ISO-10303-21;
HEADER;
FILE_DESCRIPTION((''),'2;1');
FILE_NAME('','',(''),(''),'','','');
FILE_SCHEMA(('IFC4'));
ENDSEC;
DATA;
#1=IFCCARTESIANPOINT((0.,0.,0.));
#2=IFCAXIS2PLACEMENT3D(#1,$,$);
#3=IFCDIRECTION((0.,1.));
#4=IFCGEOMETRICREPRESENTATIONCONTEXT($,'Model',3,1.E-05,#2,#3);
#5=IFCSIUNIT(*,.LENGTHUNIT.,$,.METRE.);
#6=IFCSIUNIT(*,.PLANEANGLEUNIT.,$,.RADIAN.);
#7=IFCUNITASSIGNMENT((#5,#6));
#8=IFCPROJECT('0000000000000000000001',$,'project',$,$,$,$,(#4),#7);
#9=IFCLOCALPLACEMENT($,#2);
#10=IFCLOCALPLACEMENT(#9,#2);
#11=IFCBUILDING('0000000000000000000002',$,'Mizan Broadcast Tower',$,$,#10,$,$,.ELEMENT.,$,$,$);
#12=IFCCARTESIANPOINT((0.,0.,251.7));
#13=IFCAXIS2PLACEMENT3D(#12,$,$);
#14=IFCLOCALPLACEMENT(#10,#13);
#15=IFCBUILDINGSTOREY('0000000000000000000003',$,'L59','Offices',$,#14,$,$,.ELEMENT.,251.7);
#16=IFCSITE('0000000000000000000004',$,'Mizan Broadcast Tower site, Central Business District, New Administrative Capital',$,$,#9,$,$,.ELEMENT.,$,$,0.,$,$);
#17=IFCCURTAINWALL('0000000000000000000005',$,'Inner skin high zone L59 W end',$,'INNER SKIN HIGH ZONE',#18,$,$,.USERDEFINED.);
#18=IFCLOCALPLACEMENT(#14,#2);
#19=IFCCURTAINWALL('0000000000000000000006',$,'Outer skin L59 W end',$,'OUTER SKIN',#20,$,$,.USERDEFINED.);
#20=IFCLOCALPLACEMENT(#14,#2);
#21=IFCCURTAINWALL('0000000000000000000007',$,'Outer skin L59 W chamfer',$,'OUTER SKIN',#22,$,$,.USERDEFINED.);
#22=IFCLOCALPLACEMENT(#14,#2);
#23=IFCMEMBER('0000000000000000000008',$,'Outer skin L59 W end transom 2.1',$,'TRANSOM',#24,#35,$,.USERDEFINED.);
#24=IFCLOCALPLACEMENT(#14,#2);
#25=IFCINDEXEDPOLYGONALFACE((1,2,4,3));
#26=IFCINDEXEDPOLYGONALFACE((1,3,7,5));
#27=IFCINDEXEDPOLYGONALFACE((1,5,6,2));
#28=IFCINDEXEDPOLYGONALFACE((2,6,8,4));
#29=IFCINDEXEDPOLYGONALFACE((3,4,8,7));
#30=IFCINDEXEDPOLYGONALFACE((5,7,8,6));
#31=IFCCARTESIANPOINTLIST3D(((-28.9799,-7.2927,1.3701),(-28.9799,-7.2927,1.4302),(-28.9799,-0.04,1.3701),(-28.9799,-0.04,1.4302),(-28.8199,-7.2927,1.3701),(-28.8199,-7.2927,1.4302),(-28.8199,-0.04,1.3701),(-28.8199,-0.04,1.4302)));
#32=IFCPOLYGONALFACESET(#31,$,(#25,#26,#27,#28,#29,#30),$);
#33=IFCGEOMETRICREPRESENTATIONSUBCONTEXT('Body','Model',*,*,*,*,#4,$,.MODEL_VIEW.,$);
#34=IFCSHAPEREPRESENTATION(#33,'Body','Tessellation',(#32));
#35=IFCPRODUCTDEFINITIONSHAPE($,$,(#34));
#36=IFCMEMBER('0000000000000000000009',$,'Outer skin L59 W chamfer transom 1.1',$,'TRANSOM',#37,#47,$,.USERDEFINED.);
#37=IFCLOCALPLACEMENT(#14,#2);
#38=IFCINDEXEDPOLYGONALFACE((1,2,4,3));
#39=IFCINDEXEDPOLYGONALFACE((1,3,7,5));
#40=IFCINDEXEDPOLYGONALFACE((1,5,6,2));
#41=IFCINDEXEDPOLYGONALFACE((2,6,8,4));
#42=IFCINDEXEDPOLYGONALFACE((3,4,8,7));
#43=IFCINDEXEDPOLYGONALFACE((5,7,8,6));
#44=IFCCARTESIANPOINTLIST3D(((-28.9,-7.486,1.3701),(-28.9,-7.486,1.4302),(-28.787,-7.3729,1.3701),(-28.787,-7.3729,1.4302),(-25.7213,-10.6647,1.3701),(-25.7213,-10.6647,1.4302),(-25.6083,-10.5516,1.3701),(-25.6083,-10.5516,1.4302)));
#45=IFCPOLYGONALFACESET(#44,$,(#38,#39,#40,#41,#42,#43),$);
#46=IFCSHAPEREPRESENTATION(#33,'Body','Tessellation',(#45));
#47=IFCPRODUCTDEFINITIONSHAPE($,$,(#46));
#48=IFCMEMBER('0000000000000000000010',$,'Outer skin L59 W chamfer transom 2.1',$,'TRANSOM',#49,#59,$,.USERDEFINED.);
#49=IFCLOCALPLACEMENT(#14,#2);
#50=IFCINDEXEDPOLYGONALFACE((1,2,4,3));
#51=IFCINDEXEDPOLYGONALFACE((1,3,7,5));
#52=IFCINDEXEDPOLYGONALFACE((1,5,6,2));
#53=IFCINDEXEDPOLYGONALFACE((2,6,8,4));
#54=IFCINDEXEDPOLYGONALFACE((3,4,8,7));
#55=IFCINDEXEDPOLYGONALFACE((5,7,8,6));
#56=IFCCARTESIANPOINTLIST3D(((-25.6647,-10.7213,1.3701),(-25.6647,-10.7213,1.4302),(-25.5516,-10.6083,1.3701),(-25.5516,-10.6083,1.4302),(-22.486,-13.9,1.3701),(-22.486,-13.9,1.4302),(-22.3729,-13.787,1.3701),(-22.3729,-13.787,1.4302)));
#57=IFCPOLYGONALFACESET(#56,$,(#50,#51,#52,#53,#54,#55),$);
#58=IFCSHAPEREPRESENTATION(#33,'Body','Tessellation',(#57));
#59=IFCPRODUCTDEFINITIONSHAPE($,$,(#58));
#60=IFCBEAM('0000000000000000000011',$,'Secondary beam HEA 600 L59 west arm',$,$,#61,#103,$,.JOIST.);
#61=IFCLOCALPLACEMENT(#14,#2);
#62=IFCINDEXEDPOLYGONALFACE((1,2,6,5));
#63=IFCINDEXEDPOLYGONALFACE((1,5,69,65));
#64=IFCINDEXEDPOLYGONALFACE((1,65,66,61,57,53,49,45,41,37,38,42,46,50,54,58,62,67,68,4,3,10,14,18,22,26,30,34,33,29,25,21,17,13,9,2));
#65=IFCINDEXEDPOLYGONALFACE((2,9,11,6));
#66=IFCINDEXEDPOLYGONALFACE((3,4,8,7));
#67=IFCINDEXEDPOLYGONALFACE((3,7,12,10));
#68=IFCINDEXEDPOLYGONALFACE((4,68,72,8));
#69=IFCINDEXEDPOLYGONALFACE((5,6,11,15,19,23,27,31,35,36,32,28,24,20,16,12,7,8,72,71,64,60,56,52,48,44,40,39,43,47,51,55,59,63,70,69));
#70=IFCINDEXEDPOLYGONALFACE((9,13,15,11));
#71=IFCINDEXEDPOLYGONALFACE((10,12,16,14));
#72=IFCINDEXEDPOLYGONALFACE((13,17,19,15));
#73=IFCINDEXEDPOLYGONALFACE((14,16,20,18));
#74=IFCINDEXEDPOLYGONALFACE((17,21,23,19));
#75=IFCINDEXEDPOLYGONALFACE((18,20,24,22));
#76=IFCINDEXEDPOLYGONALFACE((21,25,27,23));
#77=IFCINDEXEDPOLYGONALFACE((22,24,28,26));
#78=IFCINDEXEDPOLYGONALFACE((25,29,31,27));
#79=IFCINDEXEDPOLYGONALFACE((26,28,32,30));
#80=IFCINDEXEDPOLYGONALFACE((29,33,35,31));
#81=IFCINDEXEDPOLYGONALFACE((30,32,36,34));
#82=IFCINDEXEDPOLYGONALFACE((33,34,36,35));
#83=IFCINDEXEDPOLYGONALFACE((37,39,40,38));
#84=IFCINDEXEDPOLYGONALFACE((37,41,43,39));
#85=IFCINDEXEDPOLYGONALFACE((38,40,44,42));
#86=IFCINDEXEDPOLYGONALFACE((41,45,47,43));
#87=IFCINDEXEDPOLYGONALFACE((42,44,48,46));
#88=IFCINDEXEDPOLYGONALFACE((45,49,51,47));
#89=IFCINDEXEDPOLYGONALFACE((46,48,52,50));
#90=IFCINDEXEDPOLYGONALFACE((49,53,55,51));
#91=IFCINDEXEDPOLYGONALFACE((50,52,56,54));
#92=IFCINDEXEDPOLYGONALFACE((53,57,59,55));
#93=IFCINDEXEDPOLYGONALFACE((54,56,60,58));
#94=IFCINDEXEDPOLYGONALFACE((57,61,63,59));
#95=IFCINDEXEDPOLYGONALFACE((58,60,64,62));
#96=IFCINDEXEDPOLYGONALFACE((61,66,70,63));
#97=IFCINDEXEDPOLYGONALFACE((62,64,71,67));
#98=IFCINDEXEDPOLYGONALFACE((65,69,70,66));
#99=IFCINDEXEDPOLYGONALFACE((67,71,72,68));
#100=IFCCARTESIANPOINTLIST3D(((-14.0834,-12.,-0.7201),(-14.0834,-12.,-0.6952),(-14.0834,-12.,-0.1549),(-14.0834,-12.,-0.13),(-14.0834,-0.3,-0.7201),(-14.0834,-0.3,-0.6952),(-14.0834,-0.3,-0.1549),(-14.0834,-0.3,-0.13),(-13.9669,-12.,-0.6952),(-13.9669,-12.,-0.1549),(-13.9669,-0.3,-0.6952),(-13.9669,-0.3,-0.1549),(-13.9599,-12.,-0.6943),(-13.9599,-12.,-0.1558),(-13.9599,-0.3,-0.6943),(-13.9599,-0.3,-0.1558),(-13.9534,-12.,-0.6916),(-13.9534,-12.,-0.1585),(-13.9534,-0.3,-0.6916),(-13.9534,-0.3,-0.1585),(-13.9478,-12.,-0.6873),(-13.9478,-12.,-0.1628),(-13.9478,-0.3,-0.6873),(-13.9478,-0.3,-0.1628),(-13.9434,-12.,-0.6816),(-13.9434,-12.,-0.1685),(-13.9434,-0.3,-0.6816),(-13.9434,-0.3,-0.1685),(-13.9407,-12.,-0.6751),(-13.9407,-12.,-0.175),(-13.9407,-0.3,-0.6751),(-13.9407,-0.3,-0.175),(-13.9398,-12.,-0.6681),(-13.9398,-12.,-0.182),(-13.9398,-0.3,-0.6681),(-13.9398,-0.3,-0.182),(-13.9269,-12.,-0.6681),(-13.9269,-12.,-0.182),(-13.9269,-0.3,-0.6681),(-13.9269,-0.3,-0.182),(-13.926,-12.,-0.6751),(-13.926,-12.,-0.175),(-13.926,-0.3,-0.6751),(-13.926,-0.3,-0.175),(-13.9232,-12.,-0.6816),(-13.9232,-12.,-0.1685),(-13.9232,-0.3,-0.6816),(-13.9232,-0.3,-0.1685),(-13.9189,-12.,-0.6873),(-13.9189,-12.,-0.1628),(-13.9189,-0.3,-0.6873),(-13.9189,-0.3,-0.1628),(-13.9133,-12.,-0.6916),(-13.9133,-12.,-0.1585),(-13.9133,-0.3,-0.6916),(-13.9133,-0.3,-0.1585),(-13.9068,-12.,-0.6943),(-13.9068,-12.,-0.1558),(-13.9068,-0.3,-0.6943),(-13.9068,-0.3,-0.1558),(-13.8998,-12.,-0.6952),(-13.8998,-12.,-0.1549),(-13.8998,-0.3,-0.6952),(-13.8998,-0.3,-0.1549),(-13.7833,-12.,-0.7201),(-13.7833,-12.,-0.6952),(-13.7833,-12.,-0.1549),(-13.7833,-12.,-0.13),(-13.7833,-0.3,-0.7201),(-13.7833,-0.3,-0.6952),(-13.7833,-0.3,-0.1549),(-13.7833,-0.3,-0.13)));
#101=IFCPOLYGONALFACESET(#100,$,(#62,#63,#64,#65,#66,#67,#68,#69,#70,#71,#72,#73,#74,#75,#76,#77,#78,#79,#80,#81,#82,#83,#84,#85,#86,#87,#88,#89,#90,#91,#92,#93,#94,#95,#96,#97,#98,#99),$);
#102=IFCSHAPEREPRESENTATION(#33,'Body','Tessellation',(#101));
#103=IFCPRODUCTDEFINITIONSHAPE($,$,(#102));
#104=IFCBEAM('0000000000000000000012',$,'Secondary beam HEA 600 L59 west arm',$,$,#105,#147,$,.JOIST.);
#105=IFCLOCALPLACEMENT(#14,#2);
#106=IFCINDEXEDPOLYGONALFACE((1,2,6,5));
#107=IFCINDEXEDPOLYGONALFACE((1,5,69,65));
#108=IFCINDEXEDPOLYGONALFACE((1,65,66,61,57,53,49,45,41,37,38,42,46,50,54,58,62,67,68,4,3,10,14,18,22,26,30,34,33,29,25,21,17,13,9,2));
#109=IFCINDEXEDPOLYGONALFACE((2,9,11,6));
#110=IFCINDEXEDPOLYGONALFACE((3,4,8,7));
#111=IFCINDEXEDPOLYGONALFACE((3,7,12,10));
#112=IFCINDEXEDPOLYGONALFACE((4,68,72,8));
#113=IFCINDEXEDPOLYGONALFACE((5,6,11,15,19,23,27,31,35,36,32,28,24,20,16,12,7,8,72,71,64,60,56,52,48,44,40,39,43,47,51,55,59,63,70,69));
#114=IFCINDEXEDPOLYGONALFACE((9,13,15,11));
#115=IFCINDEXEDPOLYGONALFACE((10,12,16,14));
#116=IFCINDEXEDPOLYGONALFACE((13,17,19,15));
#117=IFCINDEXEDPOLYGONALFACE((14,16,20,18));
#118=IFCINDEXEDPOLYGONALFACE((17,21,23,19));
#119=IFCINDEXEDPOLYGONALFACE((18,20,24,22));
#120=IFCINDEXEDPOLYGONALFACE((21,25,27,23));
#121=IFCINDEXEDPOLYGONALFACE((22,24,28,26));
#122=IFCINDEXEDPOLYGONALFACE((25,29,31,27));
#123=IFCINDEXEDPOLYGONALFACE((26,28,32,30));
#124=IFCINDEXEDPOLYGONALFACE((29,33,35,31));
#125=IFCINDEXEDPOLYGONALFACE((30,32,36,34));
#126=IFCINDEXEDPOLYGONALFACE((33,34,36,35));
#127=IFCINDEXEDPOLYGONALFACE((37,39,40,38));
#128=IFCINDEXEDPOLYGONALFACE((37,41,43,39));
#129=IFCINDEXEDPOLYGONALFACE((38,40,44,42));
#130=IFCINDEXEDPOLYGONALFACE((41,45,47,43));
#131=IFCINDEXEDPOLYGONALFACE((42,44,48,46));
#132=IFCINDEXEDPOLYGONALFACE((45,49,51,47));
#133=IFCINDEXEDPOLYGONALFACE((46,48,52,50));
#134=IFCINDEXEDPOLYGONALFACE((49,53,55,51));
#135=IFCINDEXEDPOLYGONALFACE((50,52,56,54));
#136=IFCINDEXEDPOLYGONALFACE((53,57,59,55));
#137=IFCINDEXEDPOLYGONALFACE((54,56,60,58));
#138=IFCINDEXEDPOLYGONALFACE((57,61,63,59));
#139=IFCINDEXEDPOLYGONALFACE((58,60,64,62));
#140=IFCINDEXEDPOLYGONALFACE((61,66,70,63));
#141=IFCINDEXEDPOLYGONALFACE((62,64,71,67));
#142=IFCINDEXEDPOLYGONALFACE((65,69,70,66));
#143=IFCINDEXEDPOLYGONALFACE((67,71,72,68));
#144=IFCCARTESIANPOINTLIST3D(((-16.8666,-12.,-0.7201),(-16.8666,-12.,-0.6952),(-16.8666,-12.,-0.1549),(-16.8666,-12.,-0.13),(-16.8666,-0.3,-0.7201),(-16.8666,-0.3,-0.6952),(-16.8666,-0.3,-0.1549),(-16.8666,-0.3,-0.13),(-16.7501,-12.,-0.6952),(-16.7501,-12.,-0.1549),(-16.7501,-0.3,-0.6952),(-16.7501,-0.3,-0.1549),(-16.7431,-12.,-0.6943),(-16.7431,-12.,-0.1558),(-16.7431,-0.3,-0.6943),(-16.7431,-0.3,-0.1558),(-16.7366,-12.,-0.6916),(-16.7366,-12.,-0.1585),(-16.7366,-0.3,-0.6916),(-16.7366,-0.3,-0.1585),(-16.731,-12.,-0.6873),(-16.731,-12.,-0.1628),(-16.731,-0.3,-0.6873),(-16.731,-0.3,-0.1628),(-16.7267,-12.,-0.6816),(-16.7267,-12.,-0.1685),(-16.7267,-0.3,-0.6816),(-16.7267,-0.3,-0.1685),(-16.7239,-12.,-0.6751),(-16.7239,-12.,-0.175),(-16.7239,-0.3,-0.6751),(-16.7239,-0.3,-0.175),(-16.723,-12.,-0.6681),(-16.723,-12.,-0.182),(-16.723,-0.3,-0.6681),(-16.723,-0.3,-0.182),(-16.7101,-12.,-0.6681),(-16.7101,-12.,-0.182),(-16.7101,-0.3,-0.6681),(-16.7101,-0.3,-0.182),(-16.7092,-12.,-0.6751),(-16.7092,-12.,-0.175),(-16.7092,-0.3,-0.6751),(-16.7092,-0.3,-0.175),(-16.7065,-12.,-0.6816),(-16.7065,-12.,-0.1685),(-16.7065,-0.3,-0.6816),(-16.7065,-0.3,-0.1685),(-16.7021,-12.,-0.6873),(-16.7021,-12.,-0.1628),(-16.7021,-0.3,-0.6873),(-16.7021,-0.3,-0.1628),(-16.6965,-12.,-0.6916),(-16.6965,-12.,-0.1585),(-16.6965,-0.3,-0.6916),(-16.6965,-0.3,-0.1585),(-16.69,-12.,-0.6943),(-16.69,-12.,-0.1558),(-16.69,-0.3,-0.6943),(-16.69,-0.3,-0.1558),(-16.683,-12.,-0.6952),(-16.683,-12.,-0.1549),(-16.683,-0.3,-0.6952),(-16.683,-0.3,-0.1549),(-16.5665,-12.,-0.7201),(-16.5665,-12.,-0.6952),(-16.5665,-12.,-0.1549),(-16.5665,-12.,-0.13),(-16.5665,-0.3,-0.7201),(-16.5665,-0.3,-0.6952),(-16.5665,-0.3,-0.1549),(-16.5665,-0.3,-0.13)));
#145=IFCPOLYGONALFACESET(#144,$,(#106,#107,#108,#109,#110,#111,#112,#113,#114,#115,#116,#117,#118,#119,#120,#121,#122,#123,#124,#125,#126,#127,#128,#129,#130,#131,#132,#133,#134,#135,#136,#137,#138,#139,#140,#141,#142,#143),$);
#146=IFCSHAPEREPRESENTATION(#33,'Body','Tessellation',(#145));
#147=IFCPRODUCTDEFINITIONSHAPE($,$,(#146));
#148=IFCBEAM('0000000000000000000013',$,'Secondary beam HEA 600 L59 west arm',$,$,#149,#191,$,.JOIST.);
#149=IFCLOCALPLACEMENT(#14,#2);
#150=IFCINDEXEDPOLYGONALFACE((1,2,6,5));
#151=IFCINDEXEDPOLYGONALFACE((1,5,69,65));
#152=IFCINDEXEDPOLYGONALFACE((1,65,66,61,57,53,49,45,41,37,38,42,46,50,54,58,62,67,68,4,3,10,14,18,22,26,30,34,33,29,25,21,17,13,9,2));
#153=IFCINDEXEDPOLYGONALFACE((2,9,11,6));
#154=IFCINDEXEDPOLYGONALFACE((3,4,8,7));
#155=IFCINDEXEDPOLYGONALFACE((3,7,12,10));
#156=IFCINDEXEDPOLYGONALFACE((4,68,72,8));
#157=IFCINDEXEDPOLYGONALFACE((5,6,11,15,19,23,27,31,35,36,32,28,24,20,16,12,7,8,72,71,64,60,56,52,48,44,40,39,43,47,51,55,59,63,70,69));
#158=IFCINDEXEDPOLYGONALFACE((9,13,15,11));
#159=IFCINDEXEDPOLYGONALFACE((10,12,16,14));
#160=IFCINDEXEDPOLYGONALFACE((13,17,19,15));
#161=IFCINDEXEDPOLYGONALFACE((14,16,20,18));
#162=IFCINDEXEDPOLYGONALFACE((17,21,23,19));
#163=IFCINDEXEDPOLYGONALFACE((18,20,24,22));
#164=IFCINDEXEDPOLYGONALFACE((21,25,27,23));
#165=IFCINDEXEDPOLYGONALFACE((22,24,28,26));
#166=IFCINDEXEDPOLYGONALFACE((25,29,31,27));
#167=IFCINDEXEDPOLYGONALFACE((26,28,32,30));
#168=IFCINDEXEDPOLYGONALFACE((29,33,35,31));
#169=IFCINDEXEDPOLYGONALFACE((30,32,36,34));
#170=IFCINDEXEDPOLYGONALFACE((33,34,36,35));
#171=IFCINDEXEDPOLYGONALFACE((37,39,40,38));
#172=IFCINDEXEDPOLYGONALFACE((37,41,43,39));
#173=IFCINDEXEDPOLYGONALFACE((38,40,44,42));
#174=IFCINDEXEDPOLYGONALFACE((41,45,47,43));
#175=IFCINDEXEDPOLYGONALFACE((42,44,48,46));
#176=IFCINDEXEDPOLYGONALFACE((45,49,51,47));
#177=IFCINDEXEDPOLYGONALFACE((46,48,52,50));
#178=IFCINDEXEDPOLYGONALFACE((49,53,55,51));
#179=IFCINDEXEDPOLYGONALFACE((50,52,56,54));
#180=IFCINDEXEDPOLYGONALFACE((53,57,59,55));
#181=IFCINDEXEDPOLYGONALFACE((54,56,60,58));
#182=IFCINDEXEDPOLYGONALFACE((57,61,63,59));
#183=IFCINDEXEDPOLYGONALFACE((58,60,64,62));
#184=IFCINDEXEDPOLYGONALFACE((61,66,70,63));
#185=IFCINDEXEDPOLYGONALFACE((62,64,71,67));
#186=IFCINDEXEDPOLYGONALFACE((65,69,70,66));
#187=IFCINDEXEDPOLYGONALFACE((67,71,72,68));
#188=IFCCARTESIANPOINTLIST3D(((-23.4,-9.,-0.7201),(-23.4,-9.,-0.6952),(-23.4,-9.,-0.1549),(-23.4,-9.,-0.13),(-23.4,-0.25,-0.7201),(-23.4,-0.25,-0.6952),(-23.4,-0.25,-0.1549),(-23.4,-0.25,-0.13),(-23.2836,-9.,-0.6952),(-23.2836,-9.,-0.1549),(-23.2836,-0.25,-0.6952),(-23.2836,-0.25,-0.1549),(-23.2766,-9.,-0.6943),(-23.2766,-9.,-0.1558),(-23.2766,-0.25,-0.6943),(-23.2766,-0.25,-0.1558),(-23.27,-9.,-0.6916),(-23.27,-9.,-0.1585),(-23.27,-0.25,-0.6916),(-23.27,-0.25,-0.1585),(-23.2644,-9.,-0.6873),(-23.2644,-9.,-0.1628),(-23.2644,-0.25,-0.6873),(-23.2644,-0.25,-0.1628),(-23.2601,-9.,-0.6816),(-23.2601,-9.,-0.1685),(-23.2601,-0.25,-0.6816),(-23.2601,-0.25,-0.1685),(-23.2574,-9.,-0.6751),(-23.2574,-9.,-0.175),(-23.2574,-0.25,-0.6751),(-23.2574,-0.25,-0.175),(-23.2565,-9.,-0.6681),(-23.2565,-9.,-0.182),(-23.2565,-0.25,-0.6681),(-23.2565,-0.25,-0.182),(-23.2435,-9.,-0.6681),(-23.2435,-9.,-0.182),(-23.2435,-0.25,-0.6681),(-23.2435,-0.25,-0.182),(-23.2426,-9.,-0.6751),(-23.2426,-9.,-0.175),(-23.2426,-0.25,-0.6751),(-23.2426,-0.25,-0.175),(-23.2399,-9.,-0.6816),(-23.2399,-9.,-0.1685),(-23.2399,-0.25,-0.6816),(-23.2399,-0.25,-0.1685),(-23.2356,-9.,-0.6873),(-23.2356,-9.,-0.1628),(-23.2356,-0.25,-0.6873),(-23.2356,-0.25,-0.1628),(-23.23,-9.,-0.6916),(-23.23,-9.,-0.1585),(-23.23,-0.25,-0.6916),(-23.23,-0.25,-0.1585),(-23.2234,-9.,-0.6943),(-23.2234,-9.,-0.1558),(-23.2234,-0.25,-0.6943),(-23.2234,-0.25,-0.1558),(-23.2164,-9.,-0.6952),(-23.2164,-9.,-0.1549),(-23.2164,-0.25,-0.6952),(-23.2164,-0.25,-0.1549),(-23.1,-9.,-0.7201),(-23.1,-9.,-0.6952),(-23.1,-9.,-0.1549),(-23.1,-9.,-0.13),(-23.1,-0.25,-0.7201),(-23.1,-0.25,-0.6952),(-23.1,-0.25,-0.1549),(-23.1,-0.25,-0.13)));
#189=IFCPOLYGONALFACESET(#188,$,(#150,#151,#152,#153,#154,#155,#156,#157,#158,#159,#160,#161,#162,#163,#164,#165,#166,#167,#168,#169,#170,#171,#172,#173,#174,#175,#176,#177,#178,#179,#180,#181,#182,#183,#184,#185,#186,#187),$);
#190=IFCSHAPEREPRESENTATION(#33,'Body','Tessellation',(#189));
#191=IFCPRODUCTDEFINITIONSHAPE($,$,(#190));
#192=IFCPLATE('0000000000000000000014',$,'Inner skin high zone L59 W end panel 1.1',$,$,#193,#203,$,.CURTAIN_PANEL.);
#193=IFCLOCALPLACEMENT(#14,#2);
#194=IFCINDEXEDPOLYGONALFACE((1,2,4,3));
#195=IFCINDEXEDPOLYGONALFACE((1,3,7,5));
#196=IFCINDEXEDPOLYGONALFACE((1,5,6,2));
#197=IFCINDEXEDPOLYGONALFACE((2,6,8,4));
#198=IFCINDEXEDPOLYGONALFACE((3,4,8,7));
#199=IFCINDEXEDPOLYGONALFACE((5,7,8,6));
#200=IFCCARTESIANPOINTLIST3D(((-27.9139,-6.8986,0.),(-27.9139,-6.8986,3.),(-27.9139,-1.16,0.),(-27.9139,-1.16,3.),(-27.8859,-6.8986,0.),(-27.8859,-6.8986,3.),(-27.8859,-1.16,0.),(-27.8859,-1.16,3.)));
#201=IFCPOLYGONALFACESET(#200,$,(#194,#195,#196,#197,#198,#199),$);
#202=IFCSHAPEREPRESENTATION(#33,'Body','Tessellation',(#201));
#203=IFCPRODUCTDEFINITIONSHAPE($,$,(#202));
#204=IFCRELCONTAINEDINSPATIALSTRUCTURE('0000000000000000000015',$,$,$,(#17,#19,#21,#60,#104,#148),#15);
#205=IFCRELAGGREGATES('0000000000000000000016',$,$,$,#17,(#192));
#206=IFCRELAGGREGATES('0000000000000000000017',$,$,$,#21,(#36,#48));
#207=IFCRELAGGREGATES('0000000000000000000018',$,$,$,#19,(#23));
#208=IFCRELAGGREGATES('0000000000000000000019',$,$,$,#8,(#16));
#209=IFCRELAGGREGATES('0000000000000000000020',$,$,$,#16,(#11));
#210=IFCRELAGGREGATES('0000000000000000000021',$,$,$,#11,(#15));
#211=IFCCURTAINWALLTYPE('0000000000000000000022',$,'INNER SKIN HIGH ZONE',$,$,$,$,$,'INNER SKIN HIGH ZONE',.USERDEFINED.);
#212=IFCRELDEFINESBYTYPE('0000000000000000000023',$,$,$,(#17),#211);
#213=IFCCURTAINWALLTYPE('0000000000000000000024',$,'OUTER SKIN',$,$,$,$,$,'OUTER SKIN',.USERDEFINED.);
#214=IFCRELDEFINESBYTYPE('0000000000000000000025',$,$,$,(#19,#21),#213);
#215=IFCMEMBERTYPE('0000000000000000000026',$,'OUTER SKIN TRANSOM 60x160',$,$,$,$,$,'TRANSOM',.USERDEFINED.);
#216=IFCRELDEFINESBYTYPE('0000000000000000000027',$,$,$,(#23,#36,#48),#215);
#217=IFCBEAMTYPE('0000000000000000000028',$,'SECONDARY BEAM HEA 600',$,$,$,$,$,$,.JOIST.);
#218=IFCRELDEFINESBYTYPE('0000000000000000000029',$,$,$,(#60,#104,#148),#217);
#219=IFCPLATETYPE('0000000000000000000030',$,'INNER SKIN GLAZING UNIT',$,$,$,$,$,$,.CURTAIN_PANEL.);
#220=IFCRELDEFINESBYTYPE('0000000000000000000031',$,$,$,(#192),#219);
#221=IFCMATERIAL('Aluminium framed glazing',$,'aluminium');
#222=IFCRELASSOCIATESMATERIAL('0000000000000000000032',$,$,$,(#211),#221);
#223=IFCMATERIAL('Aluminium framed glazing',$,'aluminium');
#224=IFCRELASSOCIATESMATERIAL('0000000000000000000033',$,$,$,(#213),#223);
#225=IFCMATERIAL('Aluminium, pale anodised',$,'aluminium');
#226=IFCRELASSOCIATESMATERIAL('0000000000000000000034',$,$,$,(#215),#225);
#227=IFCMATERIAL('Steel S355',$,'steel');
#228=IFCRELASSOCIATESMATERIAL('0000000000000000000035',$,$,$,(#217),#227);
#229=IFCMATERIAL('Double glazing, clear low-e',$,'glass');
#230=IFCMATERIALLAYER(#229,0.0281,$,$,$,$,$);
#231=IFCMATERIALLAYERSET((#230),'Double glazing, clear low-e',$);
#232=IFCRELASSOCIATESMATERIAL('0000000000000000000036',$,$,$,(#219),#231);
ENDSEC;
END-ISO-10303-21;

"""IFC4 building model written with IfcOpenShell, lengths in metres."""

from ifc_helpers import new_model, si_unit, direction, frame, origin, origin_2d, place, context, subcontext, project, spatial, rectangle, i_section, extrude, material, layer, layer_set, material_profile, profile_set, type_object, element, aggregate, save


model = new_model("IFC4")

# Units and contexts
model_context = context("Model", 3, precision=1e-05, world=origin(), true_north=direction((0.0, 1.0)))
body_context = subcontext(model_context, "Body", "Model", "MODEL_VIEW")
ifc_project = project(units=[si_unit("LENGTHUNIT", "METRE"), si_unit("PLANEANGLEUNIT", "RADIAN")], contexts=[model_context])

# Site, building, storey
site_placement = place(None, origin())
site = spatial("IfcSite", under=ifc_project, at=site_placement, Name="Mizan Broadcast Tower site, Central Business District, New Administrative Capital", CompositionType="ELEMENT", RefElevation=0.0)
building_placement = place(site_placement, origin())
building = spatial("IfcBuilding", under=site, at=building_placement, Name="Mizan Broadcast Tower", CompositionType="ELEMENT")
storey_placement = place(building_placement, frame((0.0, 0.0, 251.7)))
storey = spatial("IfcBuildingStorey", under=building, at=storey_placement, Name="L59", Description="Offices", CompositionType="ELEMENT", Elevation=251.7)

# Curtain wall
ifc_material_1 = material(Name="Aluminium framed glazing", Category="aluminium")
curtain_wall_type_1 = type_object("IfcCurtainWallType", Name="INNER SKIN HIGH ZONE", ElementType="INNER SKIN HIGH ZONE", PredefinedType="USERDEFINED", material=ifc_material_1)
curtain_wall_1_placement = place(storey_placement, origin())
curtain_wall_1 = element("IfcCurtainWall", 1, at=curtain_wall_1_placement, inside=storey, type_object=curtain_wall_type_1, Name="Inner skin high zone L59 W end", ObjectType="INNER SKIN HIGH ZONE", PredefinedType="USERDEFINED")

# Curtain walls
ifc_material_2 = material(Name="Aluminium framed glazing", Category="aluminium")
curtain_wall_type_2 = type_object("IfcCurtainWallType", Name="OUTER SKIN", ElementType="OUTER SKIN", PredefinedType="USERDEFINED", material=ifc_material_2)
curtain_wall_2_placement = place(storey_placement, origin())
curtain_wall_2 = element("IfcCurtainWall", 2, at=curtain_wall_2_placement, inside=storey, type_object=curtain_wall_type_2, Name="Outer skin L59 W end", ObjectType="OUTER SKIN", PredefinedType="USERDEFINED")
curtain_wall_3_placement = place(storey_placement, origin())
curtain_wall_3 = element("IfcCurtainWall", 3, at=curtain_wall_3_placement, inside=storey, type_object=curtain_wall_type_2, Name="Outer skin L59 W chamfer", ObjectType="OUTER SKIN", PredefinedType="USERDEFINED")

# Members
ifc_material_3 = material(Name="Aluminium, pale anodised", Category="aluminium")
ifc_material_profile_1 = material_profile(ifc_material_3, rectangle(XDim=0.1599, YDim=0.0601, at=origin_2d()), Name="TRANSOM 160x60")
ifc_profile_set_1 = profile_set([ifc_material_profile_1], Name="Aluminium, pale anodised")
member_type_1 = type_object("IfcMemberType", Name="OUTER SKIN TRANSOM 60x160", ElementType="TRANSOM", PredefinedType="USERDEFINED", material=ifc_profile_set_1)
member_1_placement = place(storey_placement, frame((-28.8999, -0.04, 1.4001), z_axis=(0.0, -1.0, 0.0), x_axis=(1.0, 0.0, 0.0)))
member_1 = element("IfcMember", 4, at=member_1_placement, type_object=member_type_1, Name="Outer skin L59 W end transom 2.1", ObjectType="TRANSOM", PredefinedType="USERDEFINED", context=body_context, shape_type="SweptSolid", body=[
    extrude(rectangle(XDim=0.1599, YDim=0.0601, at=origin_2d()), origin(), (0.0, 0.0, 1.0), 7.2527),
])
member_2_placement = place(storey_placement, frame((-28.8435, -7.4294, 1.4001), z_axis=(0.707107, -0.707107, 0.0), x_axis=(0.707107, 0.707107, 0.0)))
member_2 = element("IfcMember", 5, at=member_2_placement, type_object=member_type_1, Name="Outer skin L59 W chamfer transom 1.1", ObjectType="TRANSOM", PredefinedType="USERDEFINED", context=body_context, shape_type="SweptSolid", body=[
    extrude(rectangle(XDim=0.1599, YDim=0.0601, at=origin_2d()), origin(), (0.0, 0.0, 1.0), 4.4954),
])
member_3_placement = place(storey_placement, frame((-25.6082, -10.6648, 1.4001), z_axis=(0.707107, -0.707107, 0.0), x_axis=(0.707107, 0.707107, 0.0)))
member_3 = element("IfcMember", 6, at=member_3_placement, type_object=member_type_1, Name="Outer skin L59 W chamfer transom 2.1", ObjectType="TRANSOM", PredefinedType="USERDEFINED", context=body_context, shape_type="SweptSolid", body=[
    extrude(rectangle(XDim=0.1599, YDim=0.0601, at=origin_2d()), origin(), (0.0, 0.0, 1.0), 4.4954),
])

# Beams
ifc_material_4 = material(Name="Steel S355", Category="steel")
ifc_material_profile_2 = material_profile(ifc_material_4, i_section(OverallWidth=0.3, OverallDepth=0.5901, WebThickness=0.0129, FlangeThickness=0.0249, FilletRadius=0.0271, at=origin_2d()), Name="HEA 600")
ifc_profile_set_2 = profile_set([ifc_material_profile_2], Name="Steel S355")
beam_type_1 = type_object("IfcBeamType", Name="SECONDARY BEAM HEA 600", PredefinedType="JOIST", material=ifc_profile_set_2)
for number, where, z_axis, x_axis, name in (
    (7, (-13.9333, -12.0, -0.425), (0.0, 1.0, 0.0), (-1.0, 0.0, 0.0), "Secondary beam HEA 600 L59 west arm"),
    (8, (-16.7166, -12.0, -0.425), (0.0, 1.0, 0.0), (-1.0, 0.0, 0.0), "Secondary beam HEA 600 L59 west arm"),
):
    element("IfcBeam", number, at=place(storey_placement, frame(where, z_axis=z_axis, x_axis=x_axis)), inside=storey, type_object=beam_type_1, Name=name, PredefinedType="JOIST", context=body_context, shape_type="SweptSolid", body=[
        extrude(i_section(OverallWidth=0.3, OverallDepth=0.5901, WebThickness=0.0129, FlangeThickness=0.0249, FilletRadius=0.0271, at=origin_2d()), origin(), (0.0, 0.0, 1.0), 11.7),
    ])
beam_1_placement = place(storey_placement, frame((-23.25, -9.0, -0.425), z_axis=(0.0, 1.0, 0.0), x_axis=(-1.0, 0.0, 0.0)))
element("IfcBeam", 9, at=beam_1_placement, inside=storey, type_object=beam_type_1, Name="Secondary beam HEA 600 L59 west arm", PredefinedType="JOIST", context=body_context, shape_type="SweptSolid", body=[
    extrude(i_section(OverallWidth=0.3, OverallDepth=0.5901, WebThickness=0.0129, FlangeThickness=0.0249, FilletRadius=0.0271, at=origin_2d()), origin(), (0.0, 0.0, 1.0), 8.75),
])

# Plate
ifc_material_5 = material(Name="Double glazing, clear low-e", Category="glass")
ifc_layer_1 = layer(ifc_material_5, 0.0281)
ifc_layer_set_1 = layer_set([ifc_layer_1], Name="Double glazing, clear low-e")
plate_type_1 = type_object("IfcPlateType", Name="INNER SKIN GLAZING UNIT", PredefinedType="CURTAIN_PANEL", material=ifc_layer_set_1)
plate_1_placement = place(storey_placement, frame((-27.8999, -4.0293, 0.0), z_axis=(0.0, 0.0, 1.0), x_axis=(0.0, -1.0, 0.0)))
plate_1 = element("IfcPlate", 10, at=plate_1_placement, type_object=plate_type_1, Name="Inner skin high zone L59 W end panel 1.1", PredefinedType="CURTAIN_PANEL", context=body_context, shape_type="SweptSolid", body=[
    extrude(rectangle(XDim=5.7385, YDim=0.0281, at=origin_2d()), origin(), (0.0, 0.0, 1.0), 3.0),
])
aggregate(curtain_wall_1, [plate_1])
aggregate(curtain_wall_3, [member_2, member_3])
aggregate(curtain_wall_2, [member_1])

save(model, "model.ifc")
